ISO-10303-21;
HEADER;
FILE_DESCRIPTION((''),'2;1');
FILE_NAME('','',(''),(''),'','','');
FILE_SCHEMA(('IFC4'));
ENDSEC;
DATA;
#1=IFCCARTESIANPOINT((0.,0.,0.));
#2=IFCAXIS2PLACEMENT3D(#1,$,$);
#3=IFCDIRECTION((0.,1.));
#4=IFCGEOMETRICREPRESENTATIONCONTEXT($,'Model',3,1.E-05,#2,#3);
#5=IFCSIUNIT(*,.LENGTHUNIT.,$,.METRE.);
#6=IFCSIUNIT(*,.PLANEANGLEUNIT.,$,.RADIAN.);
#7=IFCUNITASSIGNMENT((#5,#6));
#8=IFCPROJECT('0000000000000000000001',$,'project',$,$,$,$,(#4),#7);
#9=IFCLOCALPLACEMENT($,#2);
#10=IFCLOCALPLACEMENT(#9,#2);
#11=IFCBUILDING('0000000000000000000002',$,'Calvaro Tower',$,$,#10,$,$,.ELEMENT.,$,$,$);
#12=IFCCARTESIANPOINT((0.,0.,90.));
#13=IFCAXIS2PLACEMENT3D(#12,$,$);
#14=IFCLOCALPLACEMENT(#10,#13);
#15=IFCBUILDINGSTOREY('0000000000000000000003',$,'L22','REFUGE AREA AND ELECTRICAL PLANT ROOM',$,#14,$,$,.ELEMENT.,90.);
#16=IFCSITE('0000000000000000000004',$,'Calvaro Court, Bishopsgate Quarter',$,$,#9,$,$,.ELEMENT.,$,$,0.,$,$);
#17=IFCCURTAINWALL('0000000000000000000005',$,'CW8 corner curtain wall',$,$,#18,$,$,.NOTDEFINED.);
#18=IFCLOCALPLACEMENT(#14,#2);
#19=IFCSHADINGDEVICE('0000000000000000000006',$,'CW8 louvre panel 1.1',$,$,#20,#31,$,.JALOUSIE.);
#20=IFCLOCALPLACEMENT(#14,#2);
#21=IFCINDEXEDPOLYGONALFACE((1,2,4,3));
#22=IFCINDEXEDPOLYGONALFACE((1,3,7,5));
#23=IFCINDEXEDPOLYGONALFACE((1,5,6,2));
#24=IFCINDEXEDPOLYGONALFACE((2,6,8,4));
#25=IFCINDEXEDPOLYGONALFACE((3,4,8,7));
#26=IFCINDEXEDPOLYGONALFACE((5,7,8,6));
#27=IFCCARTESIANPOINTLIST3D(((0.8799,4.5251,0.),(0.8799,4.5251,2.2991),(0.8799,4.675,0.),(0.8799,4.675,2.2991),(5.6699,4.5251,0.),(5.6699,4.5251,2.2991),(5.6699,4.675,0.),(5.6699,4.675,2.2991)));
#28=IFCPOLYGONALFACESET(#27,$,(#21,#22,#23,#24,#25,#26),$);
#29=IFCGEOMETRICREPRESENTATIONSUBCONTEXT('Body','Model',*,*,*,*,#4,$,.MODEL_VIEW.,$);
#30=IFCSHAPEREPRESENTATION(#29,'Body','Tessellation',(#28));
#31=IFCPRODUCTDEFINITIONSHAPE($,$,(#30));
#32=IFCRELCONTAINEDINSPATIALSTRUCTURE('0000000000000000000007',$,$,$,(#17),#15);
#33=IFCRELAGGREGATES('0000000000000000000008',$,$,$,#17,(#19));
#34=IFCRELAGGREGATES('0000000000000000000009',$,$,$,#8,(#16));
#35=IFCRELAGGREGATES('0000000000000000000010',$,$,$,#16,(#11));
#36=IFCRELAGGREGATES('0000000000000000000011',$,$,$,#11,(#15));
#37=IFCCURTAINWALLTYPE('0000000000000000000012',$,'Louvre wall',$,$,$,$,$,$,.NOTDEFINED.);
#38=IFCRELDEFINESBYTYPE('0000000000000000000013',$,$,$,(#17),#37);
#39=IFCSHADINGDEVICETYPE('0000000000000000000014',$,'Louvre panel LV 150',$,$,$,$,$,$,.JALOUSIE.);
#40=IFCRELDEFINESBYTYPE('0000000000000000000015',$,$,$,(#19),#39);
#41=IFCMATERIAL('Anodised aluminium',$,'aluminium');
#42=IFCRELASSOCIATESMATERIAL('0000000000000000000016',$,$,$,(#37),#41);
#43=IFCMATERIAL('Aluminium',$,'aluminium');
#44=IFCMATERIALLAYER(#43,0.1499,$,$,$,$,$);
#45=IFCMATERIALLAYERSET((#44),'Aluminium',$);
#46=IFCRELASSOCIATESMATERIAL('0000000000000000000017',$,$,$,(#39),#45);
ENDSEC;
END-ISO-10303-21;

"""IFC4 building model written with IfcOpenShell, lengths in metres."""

from ifc_helpers import new_model, si_unit, direction, frame, origin, origin_2d, place, context, subcontext, project, spatial, rectangle, extrude, material, layer, layer_set, type_object, element, aggregate, save


model = new_model("IFC4")

# Units and contexts
model_context = context("Model", 3, precision=1e-05, world=origin(), true_north=direction((0.0, 1.0)))
body_context = subcontext(model_context, "Body", "Model", "MODEL_VIEW")
ifc_project = project(units=[si_unit("LENGTHUNIT", "METRE"), si_unit("PLANEANGLEUNIT", "RADIAN")], contexts=[model_context])

# Site, building, storey
site_placement = place(None, origin())
site = spatial("IfcSite", under=ifc_project, at=site_placement, Name="Calvaro Court, Bishopsgate Quarter", CompositionType="ELEMENT", RefElevation=0.0)
building_placement = place(site_placement, origin())
building = spatial("IfcBuilding", under=site, at=building_placement, Name="Calvaro Tower", CompositionType="ELEMENT")
storey_placement = place(building_placement, frame((0.0, 0.0, 90.0)))
storey = spatial("IfcBuildingStorey", under=building, at=storey_placement, Name="L22", Description="REFUGE AREA AND ELECTRICAL PLANT ROOM", CompositionType="ELEMENT", Elevation=90.0)

# Curtain wall
ifc_material_1 = material(Name="Anodised aluminium", Category="aluminium")
curtain_wall_type = type_object("IfcCurtainWallType", Name="Louvre wall", PredefinedType="NOTDEFINED", material=ifc_material_1)
curtain_wall_1_placement = place(storey_placement, origin())
curtain_wall_1 = element("IfcCurtainWall", 1, at=curtain_wall_1_placement, inside=storey, type_object=curtain_wall_type, Name="CW8 corner curtain wall", PredefinedType="NOTDEFINED")

# Shading device
ifc_material_2 = material(Name="Aluminium", Category="aluminium")
ifc_layer_1 = layer(ifc_material_2, 0.1499)
ifc_layer_set_1 = layer_set([ifc_layer_1], Name="Aluminium")
shading_device_type = type_object("IfcShadingDeviceType", Name="Louvre panel LV 150", PredefinedType="JALOUSIE", material=ifc_layer_set_1)
shading_device_1_placement = place(storey_placement, frame((3.2749, 4.6001, 0.0), z_axis=(0.0, 0.0, 1.0), x_axis=(1.0, 0.0, 0.0)))
shading_device_1 = element("IfcShadingDevice", 2, at=shading_device_1_placement, type_object=shading_device_type, Name="CW8 louvre panel 1.1", PredefinedType="JALOUSIE", context=body_context, shape_type="SweptSolid", body=[
    extrude(rectangle(XDim=4.79, YDim=0.1499, at=origin_2d()), origin(), (0.0, 0.0, 1.0), 2.2991),
])
aggregate(curtain_wall_1, [shading_device_1])

save(model, "model.ifc")
